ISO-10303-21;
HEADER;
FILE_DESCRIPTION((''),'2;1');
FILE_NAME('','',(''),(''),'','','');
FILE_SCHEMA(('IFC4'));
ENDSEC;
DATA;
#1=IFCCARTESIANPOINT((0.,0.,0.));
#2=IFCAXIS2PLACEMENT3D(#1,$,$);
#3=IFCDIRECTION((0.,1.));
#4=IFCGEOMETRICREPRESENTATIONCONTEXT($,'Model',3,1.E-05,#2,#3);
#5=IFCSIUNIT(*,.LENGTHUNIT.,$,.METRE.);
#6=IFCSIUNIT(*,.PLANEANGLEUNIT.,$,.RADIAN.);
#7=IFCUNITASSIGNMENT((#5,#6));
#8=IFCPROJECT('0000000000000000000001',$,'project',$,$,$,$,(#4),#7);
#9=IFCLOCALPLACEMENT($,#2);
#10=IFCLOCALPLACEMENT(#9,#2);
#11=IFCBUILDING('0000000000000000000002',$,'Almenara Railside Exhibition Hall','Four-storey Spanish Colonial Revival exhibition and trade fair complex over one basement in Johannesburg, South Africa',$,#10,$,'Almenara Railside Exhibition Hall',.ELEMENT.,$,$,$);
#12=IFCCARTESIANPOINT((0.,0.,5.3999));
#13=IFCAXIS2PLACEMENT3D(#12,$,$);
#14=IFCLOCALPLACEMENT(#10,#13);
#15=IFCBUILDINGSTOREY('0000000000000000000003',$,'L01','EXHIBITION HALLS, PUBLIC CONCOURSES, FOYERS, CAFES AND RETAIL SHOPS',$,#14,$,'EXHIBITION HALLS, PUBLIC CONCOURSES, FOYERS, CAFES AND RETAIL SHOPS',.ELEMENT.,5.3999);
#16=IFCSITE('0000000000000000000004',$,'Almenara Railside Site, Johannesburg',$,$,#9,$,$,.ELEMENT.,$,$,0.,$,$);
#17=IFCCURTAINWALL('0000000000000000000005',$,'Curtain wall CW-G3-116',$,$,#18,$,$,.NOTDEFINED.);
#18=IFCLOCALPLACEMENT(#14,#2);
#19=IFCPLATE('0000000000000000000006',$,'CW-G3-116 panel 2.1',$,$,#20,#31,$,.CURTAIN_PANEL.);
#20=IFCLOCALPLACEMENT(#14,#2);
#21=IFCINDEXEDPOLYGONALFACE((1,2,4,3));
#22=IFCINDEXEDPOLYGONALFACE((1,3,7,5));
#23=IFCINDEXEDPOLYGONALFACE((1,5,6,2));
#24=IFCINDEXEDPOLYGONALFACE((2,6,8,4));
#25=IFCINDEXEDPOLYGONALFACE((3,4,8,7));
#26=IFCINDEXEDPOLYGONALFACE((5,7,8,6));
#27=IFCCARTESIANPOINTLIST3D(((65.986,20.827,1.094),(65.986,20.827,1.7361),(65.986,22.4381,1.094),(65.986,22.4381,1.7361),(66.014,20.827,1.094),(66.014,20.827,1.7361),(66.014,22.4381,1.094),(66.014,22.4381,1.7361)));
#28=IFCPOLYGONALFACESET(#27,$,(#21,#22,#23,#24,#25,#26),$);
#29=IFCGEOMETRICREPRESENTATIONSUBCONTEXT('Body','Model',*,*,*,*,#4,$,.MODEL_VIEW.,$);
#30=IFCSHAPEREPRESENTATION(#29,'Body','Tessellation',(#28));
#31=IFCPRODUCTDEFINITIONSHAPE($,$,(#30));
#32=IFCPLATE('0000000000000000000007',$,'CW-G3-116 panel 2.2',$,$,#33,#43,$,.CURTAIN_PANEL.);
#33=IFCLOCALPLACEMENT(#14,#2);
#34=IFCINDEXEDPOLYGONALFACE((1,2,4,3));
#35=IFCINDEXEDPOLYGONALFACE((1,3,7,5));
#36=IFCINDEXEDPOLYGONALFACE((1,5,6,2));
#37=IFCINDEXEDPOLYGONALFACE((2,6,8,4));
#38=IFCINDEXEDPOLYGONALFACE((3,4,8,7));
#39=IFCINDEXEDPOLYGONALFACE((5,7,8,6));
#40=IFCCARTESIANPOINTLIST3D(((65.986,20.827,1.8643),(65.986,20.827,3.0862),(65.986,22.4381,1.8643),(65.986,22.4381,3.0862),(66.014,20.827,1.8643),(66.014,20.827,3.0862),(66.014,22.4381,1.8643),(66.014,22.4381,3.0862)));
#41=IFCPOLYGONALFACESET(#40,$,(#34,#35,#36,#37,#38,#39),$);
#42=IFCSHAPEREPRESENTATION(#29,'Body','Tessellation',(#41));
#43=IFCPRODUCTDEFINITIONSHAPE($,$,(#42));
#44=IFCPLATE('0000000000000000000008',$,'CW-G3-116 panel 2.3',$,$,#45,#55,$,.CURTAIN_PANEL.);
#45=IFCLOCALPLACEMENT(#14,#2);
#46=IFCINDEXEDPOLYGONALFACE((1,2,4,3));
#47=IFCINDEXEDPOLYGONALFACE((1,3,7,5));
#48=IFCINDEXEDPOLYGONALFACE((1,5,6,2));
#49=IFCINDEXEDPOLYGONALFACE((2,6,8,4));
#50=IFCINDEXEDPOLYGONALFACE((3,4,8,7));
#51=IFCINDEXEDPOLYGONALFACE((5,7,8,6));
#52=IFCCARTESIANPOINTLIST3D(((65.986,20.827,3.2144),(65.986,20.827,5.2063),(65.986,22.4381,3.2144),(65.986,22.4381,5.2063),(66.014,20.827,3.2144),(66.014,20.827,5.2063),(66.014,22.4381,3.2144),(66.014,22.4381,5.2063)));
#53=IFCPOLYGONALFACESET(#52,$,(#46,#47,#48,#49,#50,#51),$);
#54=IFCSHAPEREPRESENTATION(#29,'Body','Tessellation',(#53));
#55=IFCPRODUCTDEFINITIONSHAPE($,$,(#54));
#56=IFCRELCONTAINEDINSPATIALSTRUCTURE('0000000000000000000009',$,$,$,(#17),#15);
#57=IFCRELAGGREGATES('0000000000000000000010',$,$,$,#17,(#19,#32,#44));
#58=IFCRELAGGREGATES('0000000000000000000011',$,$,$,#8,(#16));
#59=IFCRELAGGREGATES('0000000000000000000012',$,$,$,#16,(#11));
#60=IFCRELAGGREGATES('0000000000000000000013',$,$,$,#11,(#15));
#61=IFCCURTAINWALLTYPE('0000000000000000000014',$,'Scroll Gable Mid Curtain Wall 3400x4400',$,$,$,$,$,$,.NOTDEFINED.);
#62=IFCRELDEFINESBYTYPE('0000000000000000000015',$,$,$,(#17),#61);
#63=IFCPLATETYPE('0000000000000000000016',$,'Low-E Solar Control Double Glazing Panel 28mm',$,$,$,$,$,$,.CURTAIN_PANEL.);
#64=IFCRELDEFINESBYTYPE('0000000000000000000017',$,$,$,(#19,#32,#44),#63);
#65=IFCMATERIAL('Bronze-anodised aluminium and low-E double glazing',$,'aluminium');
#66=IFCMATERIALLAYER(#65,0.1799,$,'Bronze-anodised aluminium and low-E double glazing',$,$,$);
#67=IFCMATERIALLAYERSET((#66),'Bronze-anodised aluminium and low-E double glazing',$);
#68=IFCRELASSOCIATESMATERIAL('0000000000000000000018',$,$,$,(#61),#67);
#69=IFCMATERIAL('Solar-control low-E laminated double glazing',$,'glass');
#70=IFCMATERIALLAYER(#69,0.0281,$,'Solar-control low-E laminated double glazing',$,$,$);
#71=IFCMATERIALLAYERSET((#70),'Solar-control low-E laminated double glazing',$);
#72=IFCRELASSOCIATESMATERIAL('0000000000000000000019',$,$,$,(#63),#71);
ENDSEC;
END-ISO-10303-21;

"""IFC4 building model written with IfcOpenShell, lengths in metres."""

from ifc_helpers import new_model, si_unit, direction, frame, origin, origin_2d, place, context, subcontext, project, spatial, rectangle, extrude, material, layer, layer_set, type_object, element, aggregate, save


model = new_model("IFC4")

# Units and contexts
model_context = context("Model", 3, precision=1e-05, world=origin(), true_north=direction((0.0, 1.0)))
body_context = subcontext(model_context, "Body", "Model", "MODEL_VIEW")
ifc_project = project(units=[si_unit("LENGTHUNIT", "METRE"), si_unit("PLANEANGLEUNIT", "RADIAN")], contexts=[model_context])

# Site, building, storey
site_placement = place(None, origin())
site = spatial("IfcSite", under=ifc_project, at=site_placement, Name="Almenara Railside Site, Johannesburg", CompositionType="ELEMENT", RefElevation=0.0)
building_placement = place(site_placement, origin())
building = spatial("IfcBuilding", under=site, at=building_placement, Name="Almenara Railside Exhibition Hall", Description="Four-storey Spanish Colonial Revival exhibition and trade fair complex over one basement in Johannesburg, South Africa", LongName="Almenara Railside Exhibition Hall", CompositionType="ELEMENT")
storey_placement = place(building_placement, frame((0.0, 0.0, 5.3999)))
storey = spatial("IfcBuildingStorey", under=building, at=storey_placement, Name="L01", Description="EXHIBITION HALLS, PUBLIC CONCOURSES, FOYERS, CAFES AND RETAIL SHOPS", LongName="EXHIBITION HALLS, PUBLIC CONCOURSES, FOYERS, CAFES AND RETAIL SHOPS", CompositionType="ELEMENT", Elevation=5.3999)

# Shared definitions
ifc_material_1 = material(Name="Bronze-anodised aluminium and low-E double glazing", Category="aluminium")
ifc_layer_1 = layer(ifc_material_1, 0.1799, Name="Bronze-anodised aluminium and low-E double glazing")
ifc_layer_set_1 = layer_set([ifc_layer_1], Name="Bronze-anodised aluminium and low-E double glazing")
curtain_wall_type_1 = type_object("IfcCurtainWallType", Name="Scroll Gable Mid Curtain Wall 3400x4400", PredefinedType="NOTDEFINED", material=ifc_layer_set_1)

# Curtain wall
curtain_wall_1_placement = place(storey_placement, origin())
curtain_wall_1 = element("IfcCurtainWall", 1, at=curtain_wall_1_placement, inside=storey, type_object=curtain_wall_type_1, Name="Curtain wall CW-G3-116", PredefinedType="NOTDEFINED")

# Plates
ifc_material_2 = material(Name="Solar-control low-E laminated double glazing", Category="glass")
ifc_layer_2 = layer(ifc_material_2, 0.0281, Name="Solar-control low-E laminated double glazing")
ifc_layer_set_2 = layer_set([ifc_layer_2], Name="Solar-control low-E laminated double glazing")
plate_type_1 = type_object("IfcPlateType", Name="Low-E Solar Control Double Glazing Panel 28mm", PredefinedType="CURTAIN_PANEL", material=ifc_layer_set_2)
plate_1_placement = place(storey_placement, frame((66.0, 21.6326, 1.094), z_axis=(0.0, 0.0, 1.0), x_axis=(0.0, 1.0, 0.0)))
plate_1 = element("IfcPlate", 2, at=plate_1_placement, type_object=plate_type_1, Name="CW-G3-116 panel 2.1", PredefinedType="CURTAIN_PANEL", context=body_context, shape_type="SweptSolid", body=[
    extrude(rectangle(XDim=1.6111, YDim=0.0281, at=origin_2d()), origin(), (0.0, 0.0, 1.0), 0.6421),
])
plate_2_placement = place(storey_placement, frame((66.0, 21.6326, 1.8643), z_axis=(0.0, 0.0, 1.0), x_axis=(0.0, 1.0, 0.0)))
plate_2 = element("IfcPlate", 3, at=plate_2_placement, type_object=plate_type_1, Name="CW-G3-116 panel 2.2", PredefinedType="CURTAIN_PANEL", context=body_context, shape_type="SweptSolid", body=[
    extrude(rectangle(XDim=1.6111, YDim=0.0281, at=origin_2d()), origin(), (0.0, 0.0, 1.0), 1.2219),
])
plate_3_placement = place(storey_placement, frame((66.0, 21.6326, 3.2144), z_axis=(0.0, 0.0, 1.0), x_axis=(0.0, 1.0, 0.0)))
plate_3 = element("IfcPlate", 4, at=plate_3_placement, type_object=plate_type_1, Name="CW-G3-116 panel 2.3", PredefinedType="CURTAIN_PANEL", context=body_context, shape_type="SweptSolid", body=[
    extrude(rectangle(XDim=1.6111, YDim=0.0281, at=origin_2d()), origin(), (0.0, 0.0, 1.0), 1.9919),
])
aggregate(curtain_wall_1, [plate_1, plate_2, plate_3])

save(model, "model.ifc")
